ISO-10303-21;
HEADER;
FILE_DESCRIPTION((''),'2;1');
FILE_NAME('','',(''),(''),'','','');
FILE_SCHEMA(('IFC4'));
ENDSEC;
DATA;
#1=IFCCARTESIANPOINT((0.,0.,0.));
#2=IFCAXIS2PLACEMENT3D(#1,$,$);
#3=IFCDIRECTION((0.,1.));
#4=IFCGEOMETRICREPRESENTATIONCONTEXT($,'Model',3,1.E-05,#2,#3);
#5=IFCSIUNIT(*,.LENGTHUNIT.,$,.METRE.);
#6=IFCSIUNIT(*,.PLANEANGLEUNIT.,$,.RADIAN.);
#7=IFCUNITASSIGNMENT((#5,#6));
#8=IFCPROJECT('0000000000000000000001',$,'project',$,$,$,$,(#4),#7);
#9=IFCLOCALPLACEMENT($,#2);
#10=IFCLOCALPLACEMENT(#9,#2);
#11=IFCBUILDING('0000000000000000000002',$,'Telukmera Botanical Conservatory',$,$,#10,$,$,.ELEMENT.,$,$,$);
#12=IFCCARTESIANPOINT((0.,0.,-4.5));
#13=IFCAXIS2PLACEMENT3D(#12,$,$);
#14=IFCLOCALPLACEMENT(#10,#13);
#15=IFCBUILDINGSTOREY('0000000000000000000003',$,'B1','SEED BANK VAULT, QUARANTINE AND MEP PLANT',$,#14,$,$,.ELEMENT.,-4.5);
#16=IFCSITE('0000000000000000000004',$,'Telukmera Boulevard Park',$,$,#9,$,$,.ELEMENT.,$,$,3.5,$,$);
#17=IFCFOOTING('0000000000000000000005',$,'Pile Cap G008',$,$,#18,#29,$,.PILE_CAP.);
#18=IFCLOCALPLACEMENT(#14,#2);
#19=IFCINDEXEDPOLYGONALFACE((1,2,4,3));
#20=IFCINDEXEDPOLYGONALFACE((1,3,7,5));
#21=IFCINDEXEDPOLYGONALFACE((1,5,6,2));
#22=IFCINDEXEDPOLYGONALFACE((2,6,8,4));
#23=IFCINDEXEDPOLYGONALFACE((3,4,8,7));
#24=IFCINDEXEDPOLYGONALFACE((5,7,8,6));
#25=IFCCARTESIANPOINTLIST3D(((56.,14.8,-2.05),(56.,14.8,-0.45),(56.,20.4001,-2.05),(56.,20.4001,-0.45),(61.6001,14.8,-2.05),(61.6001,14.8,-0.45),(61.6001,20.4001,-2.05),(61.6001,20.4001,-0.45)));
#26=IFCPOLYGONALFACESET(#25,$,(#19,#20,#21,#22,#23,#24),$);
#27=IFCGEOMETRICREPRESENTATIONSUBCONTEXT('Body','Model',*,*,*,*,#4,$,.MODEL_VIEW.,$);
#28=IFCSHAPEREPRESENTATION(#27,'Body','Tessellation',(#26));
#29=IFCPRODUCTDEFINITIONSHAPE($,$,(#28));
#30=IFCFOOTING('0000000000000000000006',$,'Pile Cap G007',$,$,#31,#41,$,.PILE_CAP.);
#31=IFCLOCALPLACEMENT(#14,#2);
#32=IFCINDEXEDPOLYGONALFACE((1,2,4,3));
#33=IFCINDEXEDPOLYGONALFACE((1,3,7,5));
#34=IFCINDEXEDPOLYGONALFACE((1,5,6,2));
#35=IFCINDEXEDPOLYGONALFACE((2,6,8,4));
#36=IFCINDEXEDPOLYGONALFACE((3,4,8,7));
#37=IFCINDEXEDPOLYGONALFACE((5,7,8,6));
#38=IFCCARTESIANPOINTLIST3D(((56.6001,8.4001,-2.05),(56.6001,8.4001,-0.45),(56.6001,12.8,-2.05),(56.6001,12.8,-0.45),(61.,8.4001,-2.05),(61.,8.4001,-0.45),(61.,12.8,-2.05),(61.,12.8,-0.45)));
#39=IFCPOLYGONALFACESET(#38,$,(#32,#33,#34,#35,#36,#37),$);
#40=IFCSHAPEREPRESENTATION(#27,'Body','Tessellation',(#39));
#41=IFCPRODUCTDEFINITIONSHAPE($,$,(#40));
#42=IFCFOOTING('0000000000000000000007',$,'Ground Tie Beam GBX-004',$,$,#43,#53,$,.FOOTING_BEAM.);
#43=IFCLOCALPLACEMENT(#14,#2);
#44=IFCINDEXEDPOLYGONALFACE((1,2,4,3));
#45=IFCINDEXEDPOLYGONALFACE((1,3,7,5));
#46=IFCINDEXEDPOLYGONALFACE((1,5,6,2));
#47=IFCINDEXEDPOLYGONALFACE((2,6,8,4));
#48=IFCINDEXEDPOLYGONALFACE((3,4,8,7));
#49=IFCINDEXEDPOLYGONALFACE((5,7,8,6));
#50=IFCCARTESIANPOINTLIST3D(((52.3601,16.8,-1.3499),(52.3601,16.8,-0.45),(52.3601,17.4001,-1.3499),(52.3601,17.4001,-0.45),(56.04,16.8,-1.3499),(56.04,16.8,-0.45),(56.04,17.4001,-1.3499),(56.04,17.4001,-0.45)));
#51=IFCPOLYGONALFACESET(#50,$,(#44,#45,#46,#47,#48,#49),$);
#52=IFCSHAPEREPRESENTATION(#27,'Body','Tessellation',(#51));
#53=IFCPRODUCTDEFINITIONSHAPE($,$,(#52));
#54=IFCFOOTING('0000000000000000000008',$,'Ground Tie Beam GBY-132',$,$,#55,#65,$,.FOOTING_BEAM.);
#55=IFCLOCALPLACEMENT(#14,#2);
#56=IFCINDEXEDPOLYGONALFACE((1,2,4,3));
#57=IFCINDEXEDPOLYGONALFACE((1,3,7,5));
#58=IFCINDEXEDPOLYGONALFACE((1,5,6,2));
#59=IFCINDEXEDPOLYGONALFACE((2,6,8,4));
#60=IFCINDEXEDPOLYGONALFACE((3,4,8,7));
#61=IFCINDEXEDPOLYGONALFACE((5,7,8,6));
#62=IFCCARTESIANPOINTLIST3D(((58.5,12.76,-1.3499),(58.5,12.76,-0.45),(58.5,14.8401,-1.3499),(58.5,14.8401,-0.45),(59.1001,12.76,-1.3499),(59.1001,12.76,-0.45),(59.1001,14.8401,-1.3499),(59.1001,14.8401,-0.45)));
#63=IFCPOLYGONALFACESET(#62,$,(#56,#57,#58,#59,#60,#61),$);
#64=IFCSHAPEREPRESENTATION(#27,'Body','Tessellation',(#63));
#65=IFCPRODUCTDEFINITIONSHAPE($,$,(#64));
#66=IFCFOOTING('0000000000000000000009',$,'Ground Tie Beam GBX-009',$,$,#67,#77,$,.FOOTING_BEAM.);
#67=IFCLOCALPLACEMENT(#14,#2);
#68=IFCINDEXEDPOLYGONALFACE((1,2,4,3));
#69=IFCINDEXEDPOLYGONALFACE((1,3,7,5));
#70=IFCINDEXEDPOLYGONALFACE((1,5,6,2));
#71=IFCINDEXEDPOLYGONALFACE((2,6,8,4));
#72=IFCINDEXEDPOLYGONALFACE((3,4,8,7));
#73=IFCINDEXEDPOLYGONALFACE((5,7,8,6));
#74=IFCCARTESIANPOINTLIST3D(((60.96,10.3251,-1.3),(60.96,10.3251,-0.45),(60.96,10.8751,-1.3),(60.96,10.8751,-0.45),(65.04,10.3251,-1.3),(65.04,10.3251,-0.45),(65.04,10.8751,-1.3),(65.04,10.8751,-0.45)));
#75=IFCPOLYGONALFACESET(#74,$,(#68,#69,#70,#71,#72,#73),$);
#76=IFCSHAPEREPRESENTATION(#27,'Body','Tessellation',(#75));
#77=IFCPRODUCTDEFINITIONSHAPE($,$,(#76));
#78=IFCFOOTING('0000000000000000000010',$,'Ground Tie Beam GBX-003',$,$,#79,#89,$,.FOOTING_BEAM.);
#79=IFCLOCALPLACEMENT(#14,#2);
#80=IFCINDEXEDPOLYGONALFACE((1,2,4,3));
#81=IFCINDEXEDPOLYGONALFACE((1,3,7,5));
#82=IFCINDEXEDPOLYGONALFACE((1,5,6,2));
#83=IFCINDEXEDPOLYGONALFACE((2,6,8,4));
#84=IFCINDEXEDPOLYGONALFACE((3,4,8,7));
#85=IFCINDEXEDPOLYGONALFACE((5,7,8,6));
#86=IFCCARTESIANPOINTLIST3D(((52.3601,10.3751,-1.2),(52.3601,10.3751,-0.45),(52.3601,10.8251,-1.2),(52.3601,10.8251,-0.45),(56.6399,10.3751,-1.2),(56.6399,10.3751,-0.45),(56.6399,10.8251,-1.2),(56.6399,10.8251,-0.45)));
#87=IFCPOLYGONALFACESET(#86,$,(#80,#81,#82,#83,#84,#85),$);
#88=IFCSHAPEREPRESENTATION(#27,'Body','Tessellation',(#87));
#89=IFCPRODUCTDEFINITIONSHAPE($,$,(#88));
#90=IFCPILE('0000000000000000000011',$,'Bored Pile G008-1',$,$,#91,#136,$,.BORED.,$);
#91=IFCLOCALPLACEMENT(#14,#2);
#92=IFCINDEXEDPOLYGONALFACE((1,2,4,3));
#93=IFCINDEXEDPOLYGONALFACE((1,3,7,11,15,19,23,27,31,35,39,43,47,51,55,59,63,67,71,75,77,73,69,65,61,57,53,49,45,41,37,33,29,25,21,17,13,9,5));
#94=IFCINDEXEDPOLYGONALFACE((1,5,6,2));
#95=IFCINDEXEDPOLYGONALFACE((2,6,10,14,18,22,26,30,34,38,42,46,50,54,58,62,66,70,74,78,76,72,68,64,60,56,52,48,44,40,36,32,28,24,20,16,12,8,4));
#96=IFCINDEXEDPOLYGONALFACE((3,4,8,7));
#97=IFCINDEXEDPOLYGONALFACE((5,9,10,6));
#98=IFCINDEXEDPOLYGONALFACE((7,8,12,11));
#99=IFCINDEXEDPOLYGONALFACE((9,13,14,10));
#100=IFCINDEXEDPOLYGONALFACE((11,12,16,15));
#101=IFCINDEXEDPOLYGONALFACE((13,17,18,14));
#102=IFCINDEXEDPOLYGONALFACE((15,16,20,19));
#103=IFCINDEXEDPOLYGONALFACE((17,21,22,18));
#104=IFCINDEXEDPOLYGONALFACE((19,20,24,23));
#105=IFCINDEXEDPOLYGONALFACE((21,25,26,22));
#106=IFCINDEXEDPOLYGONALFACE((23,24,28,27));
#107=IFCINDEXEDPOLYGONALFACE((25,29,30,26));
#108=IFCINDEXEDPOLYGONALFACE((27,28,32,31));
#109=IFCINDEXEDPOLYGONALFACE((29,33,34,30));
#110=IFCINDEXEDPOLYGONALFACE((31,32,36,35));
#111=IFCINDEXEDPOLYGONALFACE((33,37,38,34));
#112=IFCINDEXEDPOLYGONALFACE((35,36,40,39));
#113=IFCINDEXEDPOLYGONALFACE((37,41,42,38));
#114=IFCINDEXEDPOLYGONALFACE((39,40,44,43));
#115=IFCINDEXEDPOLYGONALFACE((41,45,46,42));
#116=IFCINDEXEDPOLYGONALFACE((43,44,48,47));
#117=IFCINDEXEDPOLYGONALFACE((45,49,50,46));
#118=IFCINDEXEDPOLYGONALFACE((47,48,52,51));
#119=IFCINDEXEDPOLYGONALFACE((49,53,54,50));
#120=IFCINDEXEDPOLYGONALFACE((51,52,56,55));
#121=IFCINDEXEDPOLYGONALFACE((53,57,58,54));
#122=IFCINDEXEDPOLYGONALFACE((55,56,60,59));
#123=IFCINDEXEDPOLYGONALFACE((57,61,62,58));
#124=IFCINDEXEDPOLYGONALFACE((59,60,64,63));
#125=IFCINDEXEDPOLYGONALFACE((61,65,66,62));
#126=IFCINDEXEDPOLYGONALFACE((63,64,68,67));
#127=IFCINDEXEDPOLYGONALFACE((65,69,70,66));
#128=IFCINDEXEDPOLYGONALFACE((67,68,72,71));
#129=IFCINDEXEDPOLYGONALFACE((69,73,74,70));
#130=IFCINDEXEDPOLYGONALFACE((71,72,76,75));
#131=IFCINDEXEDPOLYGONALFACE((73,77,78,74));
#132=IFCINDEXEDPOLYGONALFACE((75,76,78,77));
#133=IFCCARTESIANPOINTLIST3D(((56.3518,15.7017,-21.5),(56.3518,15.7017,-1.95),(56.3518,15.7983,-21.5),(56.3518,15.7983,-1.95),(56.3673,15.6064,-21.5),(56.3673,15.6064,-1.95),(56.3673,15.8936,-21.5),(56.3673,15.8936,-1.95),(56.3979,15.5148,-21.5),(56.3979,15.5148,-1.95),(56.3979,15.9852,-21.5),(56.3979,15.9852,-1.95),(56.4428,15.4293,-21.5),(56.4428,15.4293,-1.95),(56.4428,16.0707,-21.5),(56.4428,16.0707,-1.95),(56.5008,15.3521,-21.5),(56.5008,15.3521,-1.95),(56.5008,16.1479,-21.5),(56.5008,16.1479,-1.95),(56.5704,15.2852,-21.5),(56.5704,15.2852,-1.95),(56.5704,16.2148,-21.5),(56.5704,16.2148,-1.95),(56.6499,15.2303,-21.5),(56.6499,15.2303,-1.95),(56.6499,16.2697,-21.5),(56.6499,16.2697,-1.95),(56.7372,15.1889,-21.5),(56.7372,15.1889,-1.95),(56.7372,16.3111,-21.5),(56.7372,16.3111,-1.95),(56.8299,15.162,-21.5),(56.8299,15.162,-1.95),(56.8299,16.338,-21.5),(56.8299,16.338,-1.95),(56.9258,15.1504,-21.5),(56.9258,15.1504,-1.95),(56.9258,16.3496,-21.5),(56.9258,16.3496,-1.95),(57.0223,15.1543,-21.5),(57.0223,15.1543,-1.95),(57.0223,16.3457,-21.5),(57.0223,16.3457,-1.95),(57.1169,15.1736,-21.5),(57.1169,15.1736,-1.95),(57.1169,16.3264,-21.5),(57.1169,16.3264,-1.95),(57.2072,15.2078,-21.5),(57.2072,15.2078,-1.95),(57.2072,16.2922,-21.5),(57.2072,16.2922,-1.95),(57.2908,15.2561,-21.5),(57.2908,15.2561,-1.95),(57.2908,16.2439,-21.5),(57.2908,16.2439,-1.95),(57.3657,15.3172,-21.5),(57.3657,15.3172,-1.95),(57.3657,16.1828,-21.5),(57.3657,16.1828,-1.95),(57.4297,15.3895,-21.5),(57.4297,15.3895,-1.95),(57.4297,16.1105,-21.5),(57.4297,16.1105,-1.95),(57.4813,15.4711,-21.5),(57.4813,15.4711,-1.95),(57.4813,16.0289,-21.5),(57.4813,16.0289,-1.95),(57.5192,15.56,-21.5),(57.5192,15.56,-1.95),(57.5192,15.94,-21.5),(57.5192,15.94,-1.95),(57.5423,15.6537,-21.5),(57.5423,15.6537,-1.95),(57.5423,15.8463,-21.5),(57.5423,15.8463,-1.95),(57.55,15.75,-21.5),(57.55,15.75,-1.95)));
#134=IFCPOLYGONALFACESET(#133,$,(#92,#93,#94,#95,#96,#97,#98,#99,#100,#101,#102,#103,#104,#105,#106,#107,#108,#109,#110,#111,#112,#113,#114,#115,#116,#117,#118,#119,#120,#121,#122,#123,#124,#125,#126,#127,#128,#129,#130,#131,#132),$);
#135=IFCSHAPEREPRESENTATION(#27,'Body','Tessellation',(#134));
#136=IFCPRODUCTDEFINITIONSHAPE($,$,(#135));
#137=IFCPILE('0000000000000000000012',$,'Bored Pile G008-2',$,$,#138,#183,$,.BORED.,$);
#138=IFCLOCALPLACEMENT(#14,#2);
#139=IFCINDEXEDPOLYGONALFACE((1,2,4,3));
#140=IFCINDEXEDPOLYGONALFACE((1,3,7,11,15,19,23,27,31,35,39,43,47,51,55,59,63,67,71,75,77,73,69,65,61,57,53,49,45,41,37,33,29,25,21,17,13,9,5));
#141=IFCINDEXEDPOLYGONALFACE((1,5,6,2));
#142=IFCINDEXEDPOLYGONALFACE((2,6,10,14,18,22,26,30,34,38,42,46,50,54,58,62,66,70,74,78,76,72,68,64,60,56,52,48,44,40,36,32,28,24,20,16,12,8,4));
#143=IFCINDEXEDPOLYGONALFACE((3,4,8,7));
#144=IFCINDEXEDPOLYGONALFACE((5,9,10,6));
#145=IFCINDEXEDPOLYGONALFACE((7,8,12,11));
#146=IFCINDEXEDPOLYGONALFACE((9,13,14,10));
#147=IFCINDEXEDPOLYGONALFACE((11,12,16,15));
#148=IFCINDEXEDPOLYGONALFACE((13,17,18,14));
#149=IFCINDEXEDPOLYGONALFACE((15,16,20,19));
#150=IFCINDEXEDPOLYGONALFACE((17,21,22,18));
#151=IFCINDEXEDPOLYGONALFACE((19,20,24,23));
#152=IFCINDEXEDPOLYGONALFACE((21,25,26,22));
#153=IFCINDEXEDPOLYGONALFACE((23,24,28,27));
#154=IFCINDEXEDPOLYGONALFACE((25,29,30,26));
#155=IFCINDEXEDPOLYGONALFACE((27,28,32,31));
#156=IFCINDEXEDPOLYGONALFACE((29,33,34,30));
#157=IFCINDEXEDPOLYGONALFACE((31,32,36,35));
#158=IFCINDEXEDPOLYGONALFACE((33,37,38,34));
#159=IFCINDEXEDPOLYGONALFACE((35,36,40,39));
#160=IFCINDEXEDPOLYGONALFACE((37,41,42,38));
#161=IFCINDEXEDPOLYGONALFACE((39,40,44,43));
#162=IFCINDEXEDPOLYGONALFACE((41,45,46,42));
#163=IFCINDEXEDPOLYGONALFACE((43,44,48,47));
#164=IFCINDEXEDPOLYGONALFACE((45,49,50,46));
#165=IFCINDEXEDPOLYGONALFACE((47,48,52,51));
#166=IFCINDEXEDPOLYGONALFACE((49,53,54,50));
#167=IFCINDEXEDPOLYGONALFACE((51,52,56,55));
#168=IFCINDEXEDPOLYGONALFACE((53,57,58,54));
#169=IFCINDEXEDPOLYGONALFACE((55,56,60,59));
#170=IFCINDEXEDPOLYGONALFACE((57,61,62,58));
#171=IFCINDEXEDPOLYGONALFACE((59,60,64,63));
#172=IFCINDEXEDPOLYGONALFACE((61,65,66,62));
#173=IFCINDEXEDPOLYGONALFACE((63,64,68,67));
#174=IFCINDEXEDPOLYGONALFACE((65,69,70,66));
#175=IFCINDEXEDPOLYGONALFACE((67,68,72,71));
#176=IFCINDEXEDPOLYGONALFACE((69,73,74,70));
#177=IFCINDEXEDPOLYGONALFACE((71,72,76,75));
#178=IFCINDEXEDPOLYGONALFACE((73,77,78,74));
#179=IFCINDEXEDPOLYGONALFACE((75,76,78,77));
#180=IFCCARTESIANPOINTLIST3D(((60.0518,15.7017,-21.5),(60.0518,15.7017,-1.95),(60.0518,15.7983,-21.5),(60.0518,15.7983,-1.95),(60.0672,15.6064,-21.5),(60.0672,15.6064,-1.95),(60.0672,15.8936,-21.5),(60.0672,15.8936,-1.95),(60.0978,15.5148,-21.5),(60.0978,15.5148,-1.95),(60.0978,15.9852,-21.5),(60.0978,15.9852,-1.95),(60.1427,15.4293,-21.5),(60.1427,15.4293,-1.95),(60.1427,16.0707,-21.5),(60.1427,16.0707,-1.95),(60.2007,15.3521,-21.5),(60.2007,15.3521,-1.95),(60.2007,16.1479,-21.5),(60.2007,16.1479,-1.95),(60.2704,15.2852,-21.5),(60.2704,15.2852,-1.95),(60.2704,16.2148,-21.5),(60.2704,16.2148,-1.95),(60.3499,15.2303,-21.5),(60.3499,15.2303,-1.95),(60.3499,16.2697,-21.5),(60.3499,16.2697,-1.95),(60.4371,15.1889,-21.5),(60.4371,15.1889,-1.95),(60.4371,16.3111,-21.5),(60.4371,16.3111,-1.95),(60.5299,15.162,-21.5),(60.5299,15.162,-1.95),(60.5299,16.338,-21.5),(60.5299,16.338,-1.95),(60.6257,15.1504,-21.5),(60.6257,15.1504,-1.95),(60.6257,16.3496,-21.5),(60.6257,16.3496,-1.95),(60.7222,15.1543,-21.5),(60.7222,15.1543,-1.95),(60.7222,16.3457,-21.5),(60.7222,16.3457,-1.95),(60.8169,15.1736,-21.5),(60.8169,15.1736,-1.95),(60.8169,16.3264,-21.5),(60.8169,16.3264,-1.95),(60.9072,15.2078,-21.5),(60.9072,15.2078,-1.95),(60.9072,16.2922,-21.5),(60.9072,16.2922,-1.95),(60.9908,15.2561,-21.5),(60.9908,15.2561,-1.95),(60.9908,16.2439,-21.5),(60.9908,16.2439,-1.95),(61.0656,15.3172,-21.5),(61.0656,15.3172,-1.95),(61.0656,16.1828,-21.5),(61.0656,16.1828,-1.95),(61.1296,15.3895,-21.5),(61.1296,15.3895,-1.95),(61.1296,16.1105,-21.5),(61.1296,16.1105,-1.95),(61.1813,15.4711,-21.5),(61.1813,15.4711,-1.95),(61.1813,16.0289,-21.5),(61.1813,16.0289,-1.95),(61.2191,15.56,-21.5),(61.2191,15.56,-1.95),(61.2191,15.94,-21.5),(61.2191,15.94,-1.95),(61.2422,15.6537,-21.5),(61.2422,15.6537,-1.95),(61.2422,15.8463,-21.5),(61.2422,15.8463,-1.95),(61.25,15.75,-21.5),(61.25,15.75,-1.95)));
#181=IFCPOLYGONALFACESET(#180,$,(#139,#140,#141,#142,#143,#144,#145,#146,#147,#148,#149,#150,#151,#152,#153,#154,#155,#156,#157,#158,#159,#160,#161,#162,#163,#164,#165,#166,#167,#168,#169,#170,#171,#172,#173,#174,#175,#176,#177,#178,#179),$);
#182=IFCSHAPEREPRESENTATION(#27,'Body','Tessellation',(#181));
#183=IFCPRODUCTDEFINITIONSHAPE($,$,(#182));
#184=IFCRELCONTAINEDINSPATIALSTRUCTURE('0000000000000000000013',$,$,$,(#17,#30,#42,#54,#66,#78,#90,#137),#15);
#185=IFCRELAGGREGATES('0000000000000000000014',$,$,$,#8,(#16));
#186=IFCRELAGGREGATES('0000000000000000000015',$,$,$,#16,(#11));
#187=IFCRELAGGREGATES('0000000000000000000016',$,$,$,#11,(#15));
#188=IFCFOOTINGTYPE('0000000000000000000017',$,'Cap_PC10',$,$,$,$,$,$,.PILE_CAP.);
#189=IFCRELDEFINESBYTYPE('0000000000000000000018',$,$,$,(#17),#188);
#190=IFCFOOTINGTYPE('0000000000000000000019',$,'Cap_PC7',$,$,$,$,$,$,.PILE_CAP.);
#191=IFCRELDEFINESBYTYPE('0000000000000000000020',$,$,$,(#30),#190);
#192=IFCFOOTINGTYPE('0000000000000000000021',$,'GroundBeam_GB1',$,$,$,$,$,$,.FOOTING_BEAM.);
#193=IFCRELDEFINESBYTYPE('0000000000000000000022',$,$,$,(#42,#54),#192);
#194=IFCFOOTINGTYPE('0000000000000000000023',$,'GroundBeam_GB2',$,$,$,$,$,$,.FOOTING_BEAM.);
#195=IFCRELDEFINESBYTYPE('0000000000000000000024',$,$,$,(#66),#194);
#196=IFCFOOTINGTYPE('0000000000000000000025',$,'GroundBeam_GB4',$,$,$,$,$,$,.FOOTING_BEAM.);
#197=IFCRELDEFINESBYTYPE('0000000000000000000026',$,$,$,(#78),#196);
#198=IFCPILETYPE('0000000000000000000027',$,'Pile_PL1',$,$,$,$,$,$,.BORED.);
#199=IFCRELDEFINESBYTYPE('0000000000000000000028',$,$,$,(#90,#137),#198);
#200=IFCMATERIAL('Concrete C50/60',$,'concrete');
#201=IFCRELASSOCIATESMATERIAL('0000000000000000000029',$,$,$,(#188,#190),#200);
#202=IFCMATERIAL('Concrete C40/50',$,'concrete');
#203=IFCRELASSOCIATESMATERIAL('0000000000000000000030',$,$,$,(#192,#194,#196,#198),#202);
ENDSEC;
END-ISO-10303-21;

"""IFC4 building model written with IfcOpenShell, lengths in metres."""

from ifc_helpers import new_model, si_unit, direction, frame, origin, origin_2d, place, context, subcontext, project, spatial, rectangle, circle, extrude, material, material_profile, profile_set, type_object, element, save


model = new_model("IFC4")

# Units and contexts
model_context = context("Model", 3, precision=1e-05, world=origin(), true_north=direction((0.0, 1.0)))
body_context = subcontext(model_context, "Body", "Model", "MODEL_VIEW")
ifc_project = project(units=[si_unit("LENGTHUNIT", "METRE"), si_unit("PLANEANGLEUNIT", "RADIAN")], contexts=[model_context])

# Site, building, storey
site_placement = place(None, origin())
site = spatial("IfcSite", under=ifc_project, at=site_placement, Name="Telukmera Boulevard Park", CompositionType="ELEMENT", RefElevation=3.5)
building_placement = place(site_placement, origin())
building = spatial("IfcBuilding", under=site, at=building_placement, Name="Telukmera Botanical Conservatory", CompositionType="ELEMENT")
storey_placement = place(building_placement, frame((0.0, 0.0, -4.5)))
storey = spatial("IfcBuildingStorey", under=building, at=storey_placement, Name="B1", Description="SEED BANK VAULT, QUARANTINE AND MEP PLANT", CompositionType="ELEMENT", Elevation=-4.5)

# Footings
ifc_material_1 = material(Name="Concrete C50/60", Category="concrete")
footing_type_1 = type_object("IfcFootingType", Name="Cap_PC10", PredefinedType="PILE_CAP", material=ifc_material_1)
footing_1_placement = place(storey_placement, frame((58.8, 17.6001, -2.05), z_axis=(0.0, 0.0, 1.0), x_axis=(1.0, 0.0, 0.0)))
element("IfcFooting", 1, at=footing_1_placement, inside=storey, type_object=footing_type_1, Name="Pile Cap G008", PredefinedType="PILE_CAP", context=body_context, shape_type="SweptSolid", body=[
    extrude(rectangle(XDim=5.6001, YDim=5.6001, at=origin_2d()), origin(), (0.0, 0.0, 1.0), 1.6001),
])
footing_type_2 = type_object("IfcFootingType", Name="Cap_PC7", PredefinedType="PILE_CAP", material=ifc_material_1)
footing_2_placement = place(storey_placement, frame((58.8, 10.6001, -2.05), z_axis=(0.0, 0.0, 1.0), x_axis=(1.0, 0.0, 0.0)))
element("IfcFooting", 2, at=footing_2_placement, inside=storey, type_object=footing_type_2, Name="Pile Cap G007", PredefinedType="PILE_CAP", context=body_context, shape_type="SweptSolid", body=[
    extrude(rectangle(XDim=4.3999, YDim=4.3999, at=origin_2d()), origin(), (0.0, 0.0, 1.0), 1.6001),
])
ifc_material_2 = material(Name="Concrete C40/50", Category="concrete")
ifc_material_profile_1 = material_profile(ifc_material_2, rectangle(XDim=0.6001, YDim=0.8999, at=origin_2d()), Name="RC 600x900")
ifc_profile_set_1 = profile_set([ifc_material_profile_1], Name="Concrete C40/50")
footing_type_3 = type_object("IfcFootingType", Name="GroundBeam_GB1", PredefinedType="FOOTING_BEAM", material=ifc_profile_set_1)
footing_3_placement = place(storey_placement, frame((52.3601, 17.1001, -0.8999), z_axis=(1.0, 0.0, 0.0), x_axis=(0.0, 1.0, 0.0)))
element("IfcFooting", 3, at=footing_3_placement, inside=storey, type_object=footing_type_3, Name="Ground Tie Beam GBX-004", PredefinedType="FOOTING_BEAM", context=body_context, shape_type="SweptSolid", body=[
    extrude(rectangle(XDim=0.6001, YDim=0.8999, at=origin_2d()), origin(), (0.0, 0.0, 1.0), 3.6799),
])
footing_4_placement = place(storey_placement, frame((58.8, 12.76, -0.8999), z_axis=(0.0, 1.0, 0.0), x_axis=(-1.0, 0.0, 0.0)))
element("IfcFooting", 4, at=footing_4_placement, inside=storey, type_object=footing_type_3, Name="Ground Tie Beam GBY-132", PredefinedType="FOOTING_BEAM", context=body_context, shape_type="SweptSolid", body=[
    extrude(rectangle(XDim=0.6001, YDim=0.8999, at=origin_2d()), origin(), (0.0, 0.0, 1.0), 2.0801),
])
ifc_material_profile_2 = material_profile(ifc_material_2, rectangle(XDim=0.55, YDim=0.8501, at=origin_2d()), Name="RC 550x850")
ifc_profile_set_2 = profile_set([ifc_material_profile_2], Name="Concrete C40/50")
footing_type_4 = type_object("IfcFootingType", Name="GroundBeam_GB2", PredefinedType="FOOTING_BEAM", material=ifc_profile_set_2)
footing_5_placement = place(storey_placement, frame((60.96, 10.6001, -0.875), z_axis=(1.0, 0.0, 0.0), x_axis=(0.0, 1.0, 0.0)))
element("IfcFooting", 5, at=footing_5_placement, inside=storey, type_object=footing_type_4, Name="Ground Tie Beam GBX-009", PredefinedType="FOOTING_BEAM", context=body_context, shape_type="SweptSolid", body=[
    extrude(rectangle(XDim=0.55, YDim=0.8501, at=origin_2d()), origin(), (0.0, 0.0, 1.0), 4.0801),
])
ifc_material_profile_3 = material_profile(ifc_material_2, rectangle(XDim=0.45, YDim=0.75, at=origin_2d()), Name="RC 450x750")
ifc_profile_set_3 = profile_set([ifc_material_profile_3], Name="Concrete C40/50")
footing_type_5 = type_object("IfcFootingType", Name="GroundBeam_GB4", PredefinedType="FOOTING_BEAM", material=ifc_profile_set_3)
footing_6_placement = place(storey_placement, frame((52.3601, 10.6001, -0.825), z_axis=(1.0, 0.0, 0.0), x_axis=(0.0, 1.0, 0.0)))
element("IfcFooting", 6, at=footing_6_placement, inside=storey, type_object=footing_type_5, Name="Ground Tie Beam GBX-003", PredefinedType="FOOTING_BEAM", context=body_context, shape_type="SweptSolid", body=[
    extrude(rectangle(XDim=0.45, YDim=0.75, at=origin_2d()), origin(), (0.0, 0.0, 1.0), 4.2798),
])

# Piles
ifc_material_profile_4 = material_profile(ifc_material_2, circle(Radius=0.6001, at=origin_2d()), Name="PILE D1200")
ifc_profile_set_4 = profile_set([ifc_material_profile_4], Name="Concrete C40/50")
pile_type_1 = type_object("IfcPileType", Name="Pile_PL1", PredefinedType="BORED", material=ifc_profile_set_4)
for number, where, z_axis, x_axis, name in (
    (7, (56.95, 15.75, -1.95), (0.0, 0.0, -1.0), (1.0, 0.0, 0.0), "Bored Pile G008-1"),
    (8, (60.6499, 15.75, -1.95), (0.0, 0.0, -1.0), (1.0, 0.0, 0.0), "Bored Pile G008-2"),
):
    element("IfcPile", number, at=place(storey_placement, frame(where, z_axis=z_axis, x_axis=x_axis)), inside=storey, type_object=pile_type_1, Name=name, PredefinedType="BORED", context=body_context, shape_type="SweptSolid", body=[
        extrude(circle(Radius=0.6001, at=origin_2d()), origin(), (0.0, 0.0, 1.0), 19.55),
    ])

save(model, "model.ifc")
